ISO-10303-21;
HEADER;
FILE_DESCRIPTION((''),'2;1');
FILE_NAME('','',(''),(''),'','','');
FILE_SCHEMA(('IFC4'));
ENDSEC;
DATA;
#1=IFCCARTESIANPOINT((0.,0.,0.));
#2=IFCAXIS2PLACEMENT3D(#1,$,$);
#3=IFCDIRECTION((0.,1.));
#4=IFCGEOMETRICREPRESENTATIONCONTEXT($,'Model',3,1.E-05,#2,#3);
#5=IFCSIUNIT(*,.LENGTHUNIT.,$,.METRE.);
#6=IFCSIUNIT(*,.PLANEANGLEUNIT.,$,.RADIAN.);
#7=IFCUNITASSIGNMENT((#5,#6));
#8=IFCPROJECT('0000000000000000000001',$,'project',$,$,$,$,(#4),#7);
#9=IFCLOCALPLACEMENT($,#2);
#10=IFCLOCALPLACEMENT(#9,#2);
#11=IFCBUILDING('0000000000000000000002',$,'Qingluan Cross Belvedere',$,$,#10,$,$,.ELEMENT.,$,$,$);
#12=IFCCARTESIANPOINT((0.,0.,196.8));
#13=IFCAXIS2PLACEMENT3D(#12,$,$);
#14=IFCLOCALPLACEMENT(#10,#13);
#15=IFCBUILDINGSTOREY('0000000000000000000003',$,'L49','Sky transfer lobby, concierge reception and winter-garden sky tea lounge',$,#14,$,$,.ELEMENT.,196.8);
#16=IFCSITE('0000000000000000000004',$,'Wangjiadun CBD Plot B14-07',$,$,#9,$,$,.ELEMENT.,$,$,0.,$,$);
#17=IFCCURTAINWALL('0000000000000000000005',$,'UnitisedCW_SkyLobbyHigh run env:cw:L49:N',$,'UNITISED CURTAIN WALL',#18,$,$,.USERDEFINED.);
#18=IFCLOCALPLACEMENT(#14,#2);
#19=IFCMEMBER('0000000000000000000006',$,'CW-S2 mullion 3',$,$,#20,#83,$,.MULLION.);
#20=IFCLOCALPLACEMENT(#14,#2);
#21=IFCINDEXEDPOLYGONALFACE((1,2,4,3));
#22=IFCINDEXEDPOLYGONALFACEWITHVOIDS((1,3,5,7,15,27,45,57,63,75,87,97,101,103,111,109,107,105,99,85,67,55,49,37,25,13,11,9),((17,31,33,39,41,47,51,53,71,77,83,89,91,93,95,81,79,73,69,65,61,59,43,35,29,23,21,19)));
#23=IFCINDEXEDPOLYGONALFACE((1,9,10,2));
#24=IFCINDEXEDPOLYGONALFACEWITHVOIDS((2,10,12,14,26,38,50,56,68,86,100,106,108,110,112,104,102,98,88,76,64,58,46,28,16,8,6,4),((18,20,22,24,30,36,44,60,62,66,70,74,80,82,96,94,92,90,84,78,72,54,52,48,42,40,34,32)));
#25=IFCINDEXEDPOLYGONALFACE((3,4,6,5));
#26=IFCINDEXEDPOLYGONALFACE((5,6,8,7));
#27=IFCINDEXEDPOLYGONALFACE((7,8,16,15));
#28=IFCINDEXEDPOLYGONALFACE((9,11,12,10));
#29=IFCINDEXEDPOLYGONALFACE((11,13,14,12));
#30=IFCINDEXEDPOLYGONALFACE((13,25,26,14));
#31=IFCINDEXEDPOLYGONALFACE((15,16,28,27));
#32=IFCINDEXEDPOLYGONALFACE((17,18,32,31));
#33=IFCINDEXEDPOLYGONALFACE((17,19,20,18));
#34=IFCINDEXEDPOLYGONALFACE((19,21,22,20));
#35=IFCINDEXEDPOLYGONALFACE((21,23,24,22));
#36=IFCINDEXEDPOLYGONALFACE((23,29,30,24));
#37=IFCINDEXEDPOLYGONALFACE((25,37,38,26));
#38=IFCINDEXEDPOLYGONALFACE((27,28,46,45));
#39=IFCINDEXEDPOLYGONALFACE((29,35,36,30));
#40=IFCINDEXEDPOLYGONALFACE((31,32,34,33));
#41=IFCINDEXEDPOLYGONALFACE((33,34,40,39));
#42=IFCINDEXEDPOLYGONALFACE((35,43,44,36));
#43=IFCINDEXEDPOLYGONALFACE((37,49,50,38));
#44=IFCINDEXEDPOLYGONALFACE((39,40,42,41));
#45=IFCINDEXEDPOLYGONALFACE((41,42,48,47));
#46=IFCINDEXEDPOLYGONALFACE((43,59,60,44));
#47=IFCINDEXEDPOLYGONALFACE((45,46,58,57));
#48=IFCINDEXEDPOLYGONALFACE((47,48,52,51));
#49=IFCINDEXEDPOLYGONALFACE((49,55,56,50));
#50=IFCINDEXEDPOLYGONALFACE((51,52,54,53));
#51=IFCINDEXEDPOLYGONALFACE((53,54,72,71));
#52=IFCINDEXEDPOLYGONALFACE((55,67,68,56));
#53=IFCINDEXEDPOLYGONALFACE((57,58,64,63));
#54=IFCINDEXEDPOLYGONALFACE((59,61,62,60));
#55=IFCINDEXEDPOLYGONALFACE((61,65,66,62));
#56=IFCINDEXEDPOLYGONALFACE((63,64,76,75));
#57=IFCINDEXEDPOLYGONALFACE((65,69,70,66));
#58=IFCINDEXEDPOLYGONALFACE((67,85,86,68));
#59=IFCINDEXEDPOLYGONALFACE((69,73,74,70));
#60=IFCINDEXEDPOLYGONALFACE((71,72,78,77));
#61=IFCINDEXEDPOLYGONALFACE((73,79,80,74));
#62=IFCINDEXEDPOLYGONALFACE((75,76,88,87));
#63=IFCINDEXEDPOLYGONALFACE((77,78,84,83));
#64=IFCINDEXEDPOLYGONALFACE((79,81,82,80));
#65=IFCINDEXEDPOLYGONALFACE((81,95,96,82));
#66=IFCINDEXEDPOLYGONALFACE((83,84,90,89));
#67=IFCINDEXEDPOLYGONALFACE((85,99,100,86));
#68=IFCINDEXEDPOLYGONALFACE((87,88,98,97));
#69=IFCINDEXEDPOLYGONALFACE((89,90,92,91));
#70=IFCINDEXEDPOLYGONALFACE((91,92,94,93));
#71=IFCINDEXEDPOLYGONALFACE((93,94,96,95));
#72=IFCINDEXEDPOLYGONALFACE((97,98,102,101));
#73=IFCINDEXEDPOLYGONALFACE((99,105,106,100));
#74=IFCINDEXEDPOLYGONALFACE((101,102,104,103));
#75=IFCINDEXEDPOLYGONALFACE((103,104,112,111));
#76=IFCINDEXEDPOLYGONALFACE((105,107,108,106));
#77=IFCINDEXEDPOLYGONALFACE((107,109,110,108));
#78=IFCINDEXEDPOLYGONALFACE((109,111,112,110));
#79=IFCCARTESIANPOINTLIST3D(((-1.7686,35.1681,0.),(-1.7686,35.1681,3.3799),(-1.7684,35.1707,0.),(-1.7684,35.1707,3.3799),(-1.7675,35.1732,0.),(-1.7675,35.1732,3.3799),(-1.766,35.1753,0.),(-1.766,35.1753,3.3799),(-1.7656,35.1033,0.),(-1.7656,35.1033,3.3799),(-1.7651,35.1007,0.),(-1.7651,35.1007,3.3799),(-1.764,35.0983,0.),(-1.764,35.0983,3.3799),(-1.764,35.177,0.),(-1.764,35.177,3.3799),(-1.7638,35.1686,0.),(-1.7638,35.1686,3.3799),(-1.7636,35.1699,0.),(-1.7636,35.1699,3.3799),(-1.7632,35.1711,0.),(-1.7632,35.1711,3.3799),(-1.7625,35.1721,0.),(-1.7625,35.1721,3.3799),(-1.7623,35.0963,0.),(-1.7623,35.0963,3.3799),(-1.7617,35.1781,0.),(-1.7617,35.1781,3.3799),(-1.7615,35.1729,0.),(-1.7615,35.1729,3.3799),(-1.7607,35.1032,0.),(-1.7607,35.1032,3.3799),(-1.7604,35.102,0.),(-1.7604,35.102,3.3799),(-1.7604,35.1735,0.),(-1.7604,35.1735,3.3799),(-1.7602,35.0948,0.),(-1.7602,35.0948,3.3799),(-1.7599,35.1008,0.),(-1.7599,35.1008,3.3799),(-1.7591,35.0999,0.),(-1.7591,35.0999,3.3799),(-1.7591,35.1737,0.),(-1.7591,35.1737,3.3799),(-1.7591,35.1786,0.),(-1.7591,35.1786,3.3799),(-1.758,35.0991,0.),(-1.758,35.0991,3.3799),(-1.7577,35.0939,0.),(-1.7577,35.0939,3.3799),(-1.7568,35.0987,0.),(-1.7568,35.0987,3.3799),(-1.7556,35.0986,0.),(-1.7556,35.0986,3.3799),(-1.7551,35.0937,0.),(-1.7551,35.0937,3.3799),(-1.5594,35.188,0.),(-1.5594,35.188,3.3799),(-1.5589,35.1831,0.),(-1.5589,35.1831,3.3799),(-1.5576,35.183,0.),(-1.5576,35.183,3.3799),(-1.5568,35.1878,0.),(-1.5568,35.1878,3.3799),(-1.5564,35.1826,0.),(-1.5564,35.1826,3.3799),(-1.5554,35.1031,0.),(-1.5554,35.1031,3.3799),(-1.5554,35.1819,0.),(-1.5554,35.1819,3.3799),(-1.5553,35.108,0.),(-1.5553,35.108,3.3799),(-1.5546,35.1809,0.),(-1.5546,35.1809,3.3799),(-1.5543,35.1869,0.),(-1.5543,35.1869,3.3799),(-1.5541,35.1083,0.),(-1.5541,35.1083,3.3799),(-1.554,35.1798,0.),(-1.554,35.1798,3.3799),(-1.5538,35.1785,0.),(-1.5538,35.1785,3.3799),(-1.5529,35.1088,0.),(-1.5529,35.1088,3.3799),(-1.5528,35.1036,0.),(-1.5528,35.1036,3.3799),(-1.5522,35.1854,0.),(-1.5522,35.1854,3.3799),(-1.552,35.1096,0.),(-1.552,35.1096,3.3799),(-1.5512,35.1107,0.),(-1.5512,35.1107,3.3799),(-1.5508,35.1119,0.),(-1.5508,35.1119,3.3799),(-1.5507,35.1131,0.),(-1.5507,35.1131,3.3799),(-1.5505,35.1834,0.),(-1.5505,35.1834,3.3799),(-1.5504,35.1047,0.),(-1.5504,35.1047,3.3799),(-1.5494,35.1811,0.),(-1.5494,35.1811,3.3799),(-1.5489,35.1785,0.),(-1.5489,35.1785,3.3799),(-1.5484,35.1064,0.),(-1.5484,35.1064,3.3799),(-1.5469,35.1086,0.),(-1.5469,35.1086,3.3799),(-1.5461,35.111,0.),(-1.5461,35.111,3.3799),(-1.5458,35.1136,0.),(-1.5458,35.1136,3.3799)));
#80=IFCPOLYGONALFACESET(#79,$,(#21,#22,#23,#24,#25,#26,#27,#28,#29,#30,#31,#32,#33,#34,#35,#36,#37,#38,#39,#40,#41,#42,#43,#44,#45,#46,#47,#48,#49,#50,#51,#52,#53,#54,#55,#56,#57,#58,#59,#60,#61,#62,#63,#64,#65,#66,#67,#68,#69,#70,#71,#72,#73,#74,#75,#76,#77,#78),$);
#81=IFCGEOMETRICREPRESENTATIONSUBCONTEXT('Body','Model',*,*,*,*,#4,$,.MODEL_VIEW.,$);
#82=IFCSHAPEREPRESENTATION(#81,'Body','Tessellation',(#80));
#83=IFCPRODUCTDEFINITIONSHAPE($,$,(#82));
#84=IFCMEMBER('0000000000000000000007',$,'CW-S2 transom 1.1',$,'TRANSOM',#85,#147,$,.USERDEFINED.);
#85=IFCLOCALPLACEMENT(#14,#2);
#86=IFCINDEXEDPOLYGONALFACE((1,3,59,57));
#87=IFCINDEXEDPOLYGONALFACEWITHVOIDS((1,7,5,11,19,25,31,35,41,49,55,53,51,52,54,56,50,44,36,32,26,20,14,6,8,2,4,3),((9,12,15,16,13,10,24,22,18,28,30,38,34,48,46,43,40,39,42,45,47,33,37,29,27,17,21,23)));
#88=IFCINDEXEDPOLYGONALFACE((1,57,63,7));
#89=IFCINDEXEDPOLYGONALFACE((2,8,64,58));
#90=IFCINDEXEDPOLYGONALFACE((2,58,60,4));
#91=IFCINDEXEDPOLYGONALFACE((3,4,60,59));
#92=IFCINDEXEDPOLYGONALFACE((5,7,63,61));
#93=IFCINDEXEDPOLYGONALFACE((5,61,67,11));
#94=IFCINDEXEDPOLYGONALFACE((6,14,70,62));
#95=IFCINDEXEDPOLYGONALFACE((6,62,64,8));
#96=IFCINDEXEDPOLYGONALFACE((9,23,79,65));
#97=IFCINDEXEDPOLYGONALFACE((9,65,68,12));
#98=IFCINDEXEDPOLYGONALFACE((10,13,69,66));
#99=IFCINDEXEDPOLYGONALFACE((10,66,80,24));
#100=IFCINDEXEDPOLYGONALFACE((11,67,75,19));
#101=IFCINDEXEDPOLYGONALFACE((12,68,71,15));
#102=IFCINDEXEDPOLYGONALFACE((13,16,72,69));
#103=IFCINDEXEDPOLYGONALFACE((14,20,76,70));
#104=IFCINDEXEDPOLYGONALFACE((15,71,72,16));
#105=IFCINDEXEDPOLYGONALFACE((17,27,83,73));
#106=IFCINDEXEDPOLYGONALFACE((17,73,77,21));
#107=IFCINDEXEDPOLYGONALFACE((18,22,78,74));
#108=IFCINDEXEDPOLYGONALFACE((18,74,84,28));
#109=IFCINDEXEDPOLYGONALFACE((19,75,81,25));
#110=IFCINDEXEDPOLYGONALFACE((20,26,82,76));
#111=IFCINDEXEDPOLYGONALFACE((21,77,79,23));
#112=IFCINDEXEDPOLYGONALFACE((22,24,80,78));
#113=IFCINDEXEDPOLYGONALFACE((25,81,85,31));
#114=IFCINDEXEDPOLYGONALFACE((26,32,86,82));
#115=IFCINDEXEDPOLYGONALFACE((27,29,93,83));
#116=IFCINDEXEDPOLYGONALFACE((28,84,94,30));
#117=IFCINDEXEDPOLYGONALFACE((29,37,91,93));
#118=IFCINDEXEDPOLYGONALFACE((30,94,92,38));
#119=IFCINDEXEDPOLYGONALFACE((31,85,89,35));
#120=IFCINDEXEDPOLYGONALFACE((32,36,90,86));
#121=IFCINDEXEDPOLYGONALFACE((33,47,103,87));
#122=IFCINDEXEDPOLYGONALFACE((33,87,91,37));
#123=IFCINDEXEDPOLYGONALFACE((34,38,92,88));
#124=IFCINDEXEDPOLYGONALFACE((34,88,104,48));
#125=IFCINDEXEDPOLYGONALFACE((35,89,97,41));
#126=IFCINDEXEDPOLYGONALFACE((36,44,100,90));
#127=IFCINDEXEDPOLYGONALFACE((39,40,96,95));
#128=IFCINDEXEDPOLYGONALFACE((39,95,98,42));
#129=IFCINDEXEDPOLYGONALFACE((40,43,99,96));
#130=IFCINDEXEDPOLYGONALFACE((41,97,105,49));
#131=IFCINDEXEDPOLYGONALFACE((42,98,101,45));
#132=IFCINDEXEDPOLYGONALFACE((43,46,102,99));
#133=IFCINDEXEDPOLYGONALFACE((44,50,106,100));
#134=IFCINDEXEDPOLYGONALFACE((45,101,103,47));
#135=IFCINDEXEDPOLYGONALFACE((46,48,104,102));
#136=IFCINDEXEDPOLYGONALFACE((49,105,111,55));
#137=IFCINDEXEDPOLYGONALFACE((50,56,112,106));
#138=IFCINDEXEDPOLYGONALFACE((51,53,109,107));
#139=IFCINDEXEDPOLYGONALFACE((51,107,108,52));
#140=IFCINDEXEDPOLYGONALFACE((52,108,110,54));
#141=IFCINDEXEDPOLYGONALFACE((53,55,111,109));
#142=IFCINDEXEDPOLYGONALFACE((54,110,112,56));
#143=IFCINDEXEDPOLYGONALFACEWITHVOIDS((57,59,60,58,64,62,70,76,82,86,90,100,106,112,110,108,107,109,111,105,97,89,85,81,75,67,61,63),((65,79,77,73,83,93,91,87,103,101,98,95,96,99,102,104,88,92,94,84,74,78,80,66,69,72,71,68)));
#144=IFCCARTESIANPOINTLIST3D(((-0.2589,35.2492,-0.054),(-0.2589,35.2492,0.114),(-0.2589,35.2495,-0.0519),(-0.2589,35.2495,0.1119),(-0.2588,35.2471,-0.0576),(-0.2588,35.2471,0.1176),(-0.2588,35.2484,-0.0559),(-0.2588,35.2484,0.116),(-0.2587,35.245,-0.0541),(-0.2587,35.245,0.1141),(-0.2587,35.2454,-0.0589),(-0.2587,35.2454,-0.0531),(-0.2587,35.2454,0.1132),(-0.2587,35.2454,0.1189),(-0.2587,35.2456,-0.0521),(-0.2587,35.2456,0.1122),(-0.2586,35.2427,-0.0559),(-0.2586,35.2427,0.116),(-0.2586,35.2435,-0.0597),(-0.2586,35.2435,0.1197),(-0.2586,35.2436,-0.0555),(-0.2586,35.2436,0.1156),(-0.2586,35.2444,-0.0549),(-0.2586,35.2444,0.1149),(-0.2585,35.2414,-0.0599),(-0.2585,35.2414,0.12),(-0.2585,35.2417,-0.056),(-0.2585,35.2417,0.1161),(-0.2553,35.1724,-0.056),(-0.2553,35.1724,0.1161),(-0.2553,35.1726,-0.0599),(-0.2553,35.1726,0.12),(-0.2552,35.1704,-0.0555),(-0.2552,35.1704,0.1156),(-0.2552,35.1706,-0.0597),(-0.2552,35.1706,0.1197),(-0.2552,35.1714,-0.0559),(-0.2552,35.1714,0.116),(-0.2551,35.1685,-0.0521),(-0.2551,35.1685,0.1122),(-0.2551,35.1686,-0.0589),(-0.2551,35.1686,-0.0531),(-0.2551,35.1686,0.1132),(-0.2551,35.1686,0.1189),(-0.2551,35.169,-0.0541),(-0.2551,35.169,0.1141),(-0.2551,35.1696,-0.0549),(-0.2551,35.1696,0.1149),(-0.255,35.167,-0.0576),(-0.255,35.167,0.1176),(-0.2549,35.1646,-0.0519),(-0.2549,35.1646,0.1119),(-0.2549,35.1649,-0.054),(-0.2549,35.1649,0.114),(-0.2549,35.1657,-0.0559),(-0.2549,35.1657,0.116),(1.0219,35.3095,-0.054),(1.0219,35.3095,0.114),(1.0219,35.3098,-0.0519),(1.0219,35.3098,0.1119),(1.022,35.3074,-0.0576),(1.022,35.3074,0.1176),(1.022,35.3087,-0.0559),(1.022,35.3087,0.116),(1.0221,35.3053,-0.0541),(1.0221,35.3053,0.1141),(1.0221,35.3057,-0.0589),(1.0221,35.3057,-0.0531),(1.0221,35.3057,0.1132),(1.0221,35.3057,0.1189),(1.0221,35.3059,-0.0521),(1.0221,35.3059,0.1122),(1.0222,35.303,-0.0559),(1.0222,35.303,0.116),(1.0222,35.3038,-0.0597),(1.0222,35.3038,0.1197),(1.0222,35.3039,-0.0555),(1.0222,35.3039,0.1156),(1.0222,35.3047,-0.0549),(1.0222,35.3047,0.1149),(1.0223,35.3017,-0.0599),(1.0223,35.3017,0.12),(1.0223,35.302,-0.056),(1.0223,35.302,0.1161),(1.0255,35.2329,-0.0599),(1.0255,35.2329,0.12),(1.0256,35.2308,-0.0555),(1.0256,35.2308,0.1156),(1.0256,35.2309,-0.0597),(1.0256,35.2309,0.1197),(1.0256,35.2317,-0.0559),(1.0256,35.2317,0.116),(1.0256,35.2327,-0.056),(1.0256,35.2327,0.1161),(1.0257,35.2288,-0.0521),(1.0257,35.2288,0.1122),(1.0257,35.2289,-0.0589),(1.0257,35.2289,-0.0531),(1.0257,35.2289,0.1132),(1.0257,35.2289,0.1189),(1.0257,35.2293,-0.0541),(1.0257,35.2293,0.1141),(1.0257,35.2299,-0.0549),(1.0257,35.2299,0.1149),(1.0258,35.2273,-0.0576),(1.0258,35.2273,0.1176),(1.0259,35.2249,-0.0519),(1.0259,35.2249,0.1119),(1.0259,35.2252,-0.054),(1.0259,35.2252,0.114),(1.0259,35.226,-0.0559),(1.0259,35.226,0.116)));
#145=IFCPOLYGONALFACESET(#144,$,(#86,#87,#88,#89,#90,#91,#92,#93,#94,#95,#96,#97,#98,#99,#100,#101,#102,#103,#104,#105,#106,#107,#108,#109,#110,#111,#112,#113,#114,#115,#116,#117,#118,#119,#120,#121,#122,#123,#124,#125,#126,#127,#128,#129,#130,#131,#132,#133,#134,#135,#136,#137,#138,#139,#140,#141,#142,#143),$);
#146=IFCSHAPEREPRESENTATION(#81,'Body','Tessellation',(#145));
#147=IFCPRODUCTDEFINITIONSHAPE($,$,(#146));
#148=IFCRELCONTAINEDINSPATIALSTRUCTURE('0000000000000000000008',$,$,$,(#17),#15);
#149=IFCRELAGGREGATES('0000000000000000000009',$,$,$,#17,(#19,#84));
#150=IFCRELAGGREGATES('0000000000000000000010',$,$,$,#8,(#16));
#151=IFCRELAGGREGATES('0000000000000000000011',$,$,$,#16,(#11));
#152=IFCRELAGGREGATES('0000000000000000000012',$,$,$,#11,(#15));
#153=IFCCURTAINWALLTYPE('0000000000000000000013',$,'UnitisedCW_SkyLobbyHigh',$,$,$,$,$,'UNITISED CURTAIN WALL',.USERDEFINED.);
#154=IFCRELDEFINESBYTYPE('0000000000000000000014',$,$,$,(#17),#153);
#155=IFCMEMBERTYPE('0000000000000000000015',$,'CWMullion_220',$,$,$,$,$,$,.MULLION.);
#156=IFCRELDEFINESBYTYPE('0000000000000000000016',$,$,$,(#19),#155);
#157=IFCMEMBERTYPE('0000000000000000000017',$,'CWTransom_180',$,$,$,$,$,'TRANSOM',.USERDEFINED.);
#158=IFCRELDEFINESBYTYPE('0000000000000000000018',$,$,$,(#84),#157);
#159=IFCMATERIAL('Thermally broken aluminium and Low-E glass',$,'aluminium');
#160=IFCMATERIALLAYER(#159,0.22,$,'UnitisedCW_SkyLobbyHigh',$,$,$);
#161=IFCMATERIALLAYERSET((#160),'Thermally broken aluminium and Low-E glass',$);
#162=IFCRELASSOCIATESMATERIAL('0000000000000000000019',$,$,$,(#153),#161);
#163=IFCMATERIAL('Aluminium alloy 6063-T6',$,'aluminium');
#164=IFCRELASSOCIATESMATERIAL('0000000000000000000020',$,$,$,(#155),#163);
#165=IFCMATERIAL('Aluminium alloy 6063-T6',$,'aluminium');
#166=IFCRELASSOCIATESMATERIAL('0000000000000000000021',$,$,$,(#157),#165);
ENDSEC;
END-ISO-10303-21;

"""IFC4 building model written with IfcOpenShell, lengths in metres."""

from ifc_helpers import new_model, si_unit, direction, frame, origin, origin_2d, place, context, subcontext, project, spatial, hollow_rectangle, extrude, material, layer, layer_set, material_profile, profile_set, type_object, element, aggregate, save


model = new_model("IFC4")

# Units and contexts
model_context = context("Model", 3, precision=1e-05, world=origin(), true_north=direction((0.0, 1.0)))
body_context = subcontext(model_context, "Body", "Model", "MODEL_VIEW")
ifc_project = project(units=[si_unit("LENGTHUNIT", "METRE"), si_unit("PLANEANGLEUNIT", "RADIAN")], contexts=[model_context])

# Site, building, storey
site_placement = place(None, origin())
site = spatial("IfcSite", under=ifc_project, at=site_placement, Name="Wangjiadun CBD Plot B14-07", CompositionType="ELEMENT", RefElevation=0.0)
building_placement = place(site_placement, origin())
building = spatial("IfcBuilding", under=site, at=building_placement, Name="Qingluan Cross Belvedere", CompositionType="ELEMENT")
storey_placement = place(building_placement, frame((0.0, 0.0, 196.8)))
storey = spatial("IfcBuildingStorey", under=building, at=storey_placement, Name="L49", Description="Sky transfer lobby, concierge reception and winter-garden sky tea lounge", CompositionType="ELEMENT", Elevation=196.8)

# Curtain wall, members
ifc_material_1 = material(Name="Thermally broken aluminium and Low-E glass", Category="aluminium")
ifc_layer_1 = layer(ifc_material_1, 0.22, Name="UnitisedCW_SkyLobbyHigh")
ifc_layer_set_1 = layer_set([ifc_layer_1], Name="Thermally broken aluminium and Low-E glass")
curtain_wall_type = type_object("IfcCurtainWallType", Name="UnitisedCW_SkyLobbyHigh", ElementType="UNITISED CURTAIN WALL", PredefinedType="USERDEFINED", material=ifc_layer_set_1)
curtain_wall_placement = place(storey_placement, origin())
curtain_wall = element("IfcCurtainWall", 1, at=curtain_wall_placement, inside=storey, type_object=curtain_wall_type, Name="UnitisedCW_SkyLobbyHigh run env:cw:L49:N", ObjectType="UNITISED CURTAIN WALL", PredefinedType="USERDEFINED")
ifc_material_2 = material(Name="Aluminium alloy 6063-T6", Category="aluminium")
ifc_material_profile_1 = material_profile(ifc_material_2, hollow_rectangle(XDim=0.085, YDim=0.22, WallThickness=0.0049, InnerFilletRadius=0.0049, OuterFilletRadius=0.01, at=origin_2d()), Name="CWM220x85x5")
ifc_profile_set_1 = profile_set([ifc_material_profile_1], Name="Aluminium alloy 6063-T6")
member_type_1 = type_object("IfcMemberType", Name="CWMullion_220", PredefinedType="MULLION", material=ifc_profile_set_1)
member_1_placement = place(storey_placement, frame((-1.6572, 35.1409, 0.0), z_axis=(0.0, 0.0, 1.0), x_axis=(0.047102, -0.99889, 0.0)))
member_1 = element("IfcMember", 2, at=member_1_placement, type_object=member_type_1, Name="CW-S2 mullion 3", PredefinedType="MULLION", context=body_context, shape_type="SweptSolid", body=[
    extrude(hollow_rectangle(XDim=0.085, YDim=0.22, WallThickness=0.0049, InnerFilletRadius=0.0049, OuterFilletRadius=0.01, at=origin_2d()), origin(), (0.0, 0.0, 1.0), 3.3799),
])
ifc_material_3 = material(Name="Aluminium alloy 6063-T6", Category="aluminium")
ifc_material_profile_2 = material_profile(ifc_material_3, hollow_rectangle(XDim=0.085, YDim=0.1799, WallThickness=0.0039, InnerFilletRadius=0.0039, OuterFilletRadius=0.0081, at=origin_2d()), Name="CWT180x85x4")
ifc_profile_set_2 = profile_set([ifc_material_profile_2], Name="Aluminium alloy 6063-T6")
member_type_2 = type_object("IfcMemberType", Name="CWTransom_180", ElementType="TRANSOM", PredefinedType="USERDEFINED", material=ifc_profile_set_2)
member_2_placement = place(storey_placement, frame((1.0239, 35.2673, 0.03), z_axis=(-0.998893, -0.047031, 0.0), x_axis=(0.047031, -0.998893, 0.0)))
member_2 = element("IfcMember", 3, at=member_2_placement, type_object=member_type_2, Name="CW-S2 transom 1.1", ObjectType="TRANSOM", PredefinedType="USERDEFINED", context=body_context, shape_type="SweptSolid", body=[
    extrude(hollow_rectangle(XDim=0.085, YDim=0.1799, WallThickness=0.0039, InnerFilletRadius=0.0039, OuterFilletRadius=0.0081, at=origin_2d()), origin(), (0.0, 0.0, 1.0), 1.2822),
])
aggregate(curtain_wall, [member_1, member_2])

save(model, "model.ifc")
